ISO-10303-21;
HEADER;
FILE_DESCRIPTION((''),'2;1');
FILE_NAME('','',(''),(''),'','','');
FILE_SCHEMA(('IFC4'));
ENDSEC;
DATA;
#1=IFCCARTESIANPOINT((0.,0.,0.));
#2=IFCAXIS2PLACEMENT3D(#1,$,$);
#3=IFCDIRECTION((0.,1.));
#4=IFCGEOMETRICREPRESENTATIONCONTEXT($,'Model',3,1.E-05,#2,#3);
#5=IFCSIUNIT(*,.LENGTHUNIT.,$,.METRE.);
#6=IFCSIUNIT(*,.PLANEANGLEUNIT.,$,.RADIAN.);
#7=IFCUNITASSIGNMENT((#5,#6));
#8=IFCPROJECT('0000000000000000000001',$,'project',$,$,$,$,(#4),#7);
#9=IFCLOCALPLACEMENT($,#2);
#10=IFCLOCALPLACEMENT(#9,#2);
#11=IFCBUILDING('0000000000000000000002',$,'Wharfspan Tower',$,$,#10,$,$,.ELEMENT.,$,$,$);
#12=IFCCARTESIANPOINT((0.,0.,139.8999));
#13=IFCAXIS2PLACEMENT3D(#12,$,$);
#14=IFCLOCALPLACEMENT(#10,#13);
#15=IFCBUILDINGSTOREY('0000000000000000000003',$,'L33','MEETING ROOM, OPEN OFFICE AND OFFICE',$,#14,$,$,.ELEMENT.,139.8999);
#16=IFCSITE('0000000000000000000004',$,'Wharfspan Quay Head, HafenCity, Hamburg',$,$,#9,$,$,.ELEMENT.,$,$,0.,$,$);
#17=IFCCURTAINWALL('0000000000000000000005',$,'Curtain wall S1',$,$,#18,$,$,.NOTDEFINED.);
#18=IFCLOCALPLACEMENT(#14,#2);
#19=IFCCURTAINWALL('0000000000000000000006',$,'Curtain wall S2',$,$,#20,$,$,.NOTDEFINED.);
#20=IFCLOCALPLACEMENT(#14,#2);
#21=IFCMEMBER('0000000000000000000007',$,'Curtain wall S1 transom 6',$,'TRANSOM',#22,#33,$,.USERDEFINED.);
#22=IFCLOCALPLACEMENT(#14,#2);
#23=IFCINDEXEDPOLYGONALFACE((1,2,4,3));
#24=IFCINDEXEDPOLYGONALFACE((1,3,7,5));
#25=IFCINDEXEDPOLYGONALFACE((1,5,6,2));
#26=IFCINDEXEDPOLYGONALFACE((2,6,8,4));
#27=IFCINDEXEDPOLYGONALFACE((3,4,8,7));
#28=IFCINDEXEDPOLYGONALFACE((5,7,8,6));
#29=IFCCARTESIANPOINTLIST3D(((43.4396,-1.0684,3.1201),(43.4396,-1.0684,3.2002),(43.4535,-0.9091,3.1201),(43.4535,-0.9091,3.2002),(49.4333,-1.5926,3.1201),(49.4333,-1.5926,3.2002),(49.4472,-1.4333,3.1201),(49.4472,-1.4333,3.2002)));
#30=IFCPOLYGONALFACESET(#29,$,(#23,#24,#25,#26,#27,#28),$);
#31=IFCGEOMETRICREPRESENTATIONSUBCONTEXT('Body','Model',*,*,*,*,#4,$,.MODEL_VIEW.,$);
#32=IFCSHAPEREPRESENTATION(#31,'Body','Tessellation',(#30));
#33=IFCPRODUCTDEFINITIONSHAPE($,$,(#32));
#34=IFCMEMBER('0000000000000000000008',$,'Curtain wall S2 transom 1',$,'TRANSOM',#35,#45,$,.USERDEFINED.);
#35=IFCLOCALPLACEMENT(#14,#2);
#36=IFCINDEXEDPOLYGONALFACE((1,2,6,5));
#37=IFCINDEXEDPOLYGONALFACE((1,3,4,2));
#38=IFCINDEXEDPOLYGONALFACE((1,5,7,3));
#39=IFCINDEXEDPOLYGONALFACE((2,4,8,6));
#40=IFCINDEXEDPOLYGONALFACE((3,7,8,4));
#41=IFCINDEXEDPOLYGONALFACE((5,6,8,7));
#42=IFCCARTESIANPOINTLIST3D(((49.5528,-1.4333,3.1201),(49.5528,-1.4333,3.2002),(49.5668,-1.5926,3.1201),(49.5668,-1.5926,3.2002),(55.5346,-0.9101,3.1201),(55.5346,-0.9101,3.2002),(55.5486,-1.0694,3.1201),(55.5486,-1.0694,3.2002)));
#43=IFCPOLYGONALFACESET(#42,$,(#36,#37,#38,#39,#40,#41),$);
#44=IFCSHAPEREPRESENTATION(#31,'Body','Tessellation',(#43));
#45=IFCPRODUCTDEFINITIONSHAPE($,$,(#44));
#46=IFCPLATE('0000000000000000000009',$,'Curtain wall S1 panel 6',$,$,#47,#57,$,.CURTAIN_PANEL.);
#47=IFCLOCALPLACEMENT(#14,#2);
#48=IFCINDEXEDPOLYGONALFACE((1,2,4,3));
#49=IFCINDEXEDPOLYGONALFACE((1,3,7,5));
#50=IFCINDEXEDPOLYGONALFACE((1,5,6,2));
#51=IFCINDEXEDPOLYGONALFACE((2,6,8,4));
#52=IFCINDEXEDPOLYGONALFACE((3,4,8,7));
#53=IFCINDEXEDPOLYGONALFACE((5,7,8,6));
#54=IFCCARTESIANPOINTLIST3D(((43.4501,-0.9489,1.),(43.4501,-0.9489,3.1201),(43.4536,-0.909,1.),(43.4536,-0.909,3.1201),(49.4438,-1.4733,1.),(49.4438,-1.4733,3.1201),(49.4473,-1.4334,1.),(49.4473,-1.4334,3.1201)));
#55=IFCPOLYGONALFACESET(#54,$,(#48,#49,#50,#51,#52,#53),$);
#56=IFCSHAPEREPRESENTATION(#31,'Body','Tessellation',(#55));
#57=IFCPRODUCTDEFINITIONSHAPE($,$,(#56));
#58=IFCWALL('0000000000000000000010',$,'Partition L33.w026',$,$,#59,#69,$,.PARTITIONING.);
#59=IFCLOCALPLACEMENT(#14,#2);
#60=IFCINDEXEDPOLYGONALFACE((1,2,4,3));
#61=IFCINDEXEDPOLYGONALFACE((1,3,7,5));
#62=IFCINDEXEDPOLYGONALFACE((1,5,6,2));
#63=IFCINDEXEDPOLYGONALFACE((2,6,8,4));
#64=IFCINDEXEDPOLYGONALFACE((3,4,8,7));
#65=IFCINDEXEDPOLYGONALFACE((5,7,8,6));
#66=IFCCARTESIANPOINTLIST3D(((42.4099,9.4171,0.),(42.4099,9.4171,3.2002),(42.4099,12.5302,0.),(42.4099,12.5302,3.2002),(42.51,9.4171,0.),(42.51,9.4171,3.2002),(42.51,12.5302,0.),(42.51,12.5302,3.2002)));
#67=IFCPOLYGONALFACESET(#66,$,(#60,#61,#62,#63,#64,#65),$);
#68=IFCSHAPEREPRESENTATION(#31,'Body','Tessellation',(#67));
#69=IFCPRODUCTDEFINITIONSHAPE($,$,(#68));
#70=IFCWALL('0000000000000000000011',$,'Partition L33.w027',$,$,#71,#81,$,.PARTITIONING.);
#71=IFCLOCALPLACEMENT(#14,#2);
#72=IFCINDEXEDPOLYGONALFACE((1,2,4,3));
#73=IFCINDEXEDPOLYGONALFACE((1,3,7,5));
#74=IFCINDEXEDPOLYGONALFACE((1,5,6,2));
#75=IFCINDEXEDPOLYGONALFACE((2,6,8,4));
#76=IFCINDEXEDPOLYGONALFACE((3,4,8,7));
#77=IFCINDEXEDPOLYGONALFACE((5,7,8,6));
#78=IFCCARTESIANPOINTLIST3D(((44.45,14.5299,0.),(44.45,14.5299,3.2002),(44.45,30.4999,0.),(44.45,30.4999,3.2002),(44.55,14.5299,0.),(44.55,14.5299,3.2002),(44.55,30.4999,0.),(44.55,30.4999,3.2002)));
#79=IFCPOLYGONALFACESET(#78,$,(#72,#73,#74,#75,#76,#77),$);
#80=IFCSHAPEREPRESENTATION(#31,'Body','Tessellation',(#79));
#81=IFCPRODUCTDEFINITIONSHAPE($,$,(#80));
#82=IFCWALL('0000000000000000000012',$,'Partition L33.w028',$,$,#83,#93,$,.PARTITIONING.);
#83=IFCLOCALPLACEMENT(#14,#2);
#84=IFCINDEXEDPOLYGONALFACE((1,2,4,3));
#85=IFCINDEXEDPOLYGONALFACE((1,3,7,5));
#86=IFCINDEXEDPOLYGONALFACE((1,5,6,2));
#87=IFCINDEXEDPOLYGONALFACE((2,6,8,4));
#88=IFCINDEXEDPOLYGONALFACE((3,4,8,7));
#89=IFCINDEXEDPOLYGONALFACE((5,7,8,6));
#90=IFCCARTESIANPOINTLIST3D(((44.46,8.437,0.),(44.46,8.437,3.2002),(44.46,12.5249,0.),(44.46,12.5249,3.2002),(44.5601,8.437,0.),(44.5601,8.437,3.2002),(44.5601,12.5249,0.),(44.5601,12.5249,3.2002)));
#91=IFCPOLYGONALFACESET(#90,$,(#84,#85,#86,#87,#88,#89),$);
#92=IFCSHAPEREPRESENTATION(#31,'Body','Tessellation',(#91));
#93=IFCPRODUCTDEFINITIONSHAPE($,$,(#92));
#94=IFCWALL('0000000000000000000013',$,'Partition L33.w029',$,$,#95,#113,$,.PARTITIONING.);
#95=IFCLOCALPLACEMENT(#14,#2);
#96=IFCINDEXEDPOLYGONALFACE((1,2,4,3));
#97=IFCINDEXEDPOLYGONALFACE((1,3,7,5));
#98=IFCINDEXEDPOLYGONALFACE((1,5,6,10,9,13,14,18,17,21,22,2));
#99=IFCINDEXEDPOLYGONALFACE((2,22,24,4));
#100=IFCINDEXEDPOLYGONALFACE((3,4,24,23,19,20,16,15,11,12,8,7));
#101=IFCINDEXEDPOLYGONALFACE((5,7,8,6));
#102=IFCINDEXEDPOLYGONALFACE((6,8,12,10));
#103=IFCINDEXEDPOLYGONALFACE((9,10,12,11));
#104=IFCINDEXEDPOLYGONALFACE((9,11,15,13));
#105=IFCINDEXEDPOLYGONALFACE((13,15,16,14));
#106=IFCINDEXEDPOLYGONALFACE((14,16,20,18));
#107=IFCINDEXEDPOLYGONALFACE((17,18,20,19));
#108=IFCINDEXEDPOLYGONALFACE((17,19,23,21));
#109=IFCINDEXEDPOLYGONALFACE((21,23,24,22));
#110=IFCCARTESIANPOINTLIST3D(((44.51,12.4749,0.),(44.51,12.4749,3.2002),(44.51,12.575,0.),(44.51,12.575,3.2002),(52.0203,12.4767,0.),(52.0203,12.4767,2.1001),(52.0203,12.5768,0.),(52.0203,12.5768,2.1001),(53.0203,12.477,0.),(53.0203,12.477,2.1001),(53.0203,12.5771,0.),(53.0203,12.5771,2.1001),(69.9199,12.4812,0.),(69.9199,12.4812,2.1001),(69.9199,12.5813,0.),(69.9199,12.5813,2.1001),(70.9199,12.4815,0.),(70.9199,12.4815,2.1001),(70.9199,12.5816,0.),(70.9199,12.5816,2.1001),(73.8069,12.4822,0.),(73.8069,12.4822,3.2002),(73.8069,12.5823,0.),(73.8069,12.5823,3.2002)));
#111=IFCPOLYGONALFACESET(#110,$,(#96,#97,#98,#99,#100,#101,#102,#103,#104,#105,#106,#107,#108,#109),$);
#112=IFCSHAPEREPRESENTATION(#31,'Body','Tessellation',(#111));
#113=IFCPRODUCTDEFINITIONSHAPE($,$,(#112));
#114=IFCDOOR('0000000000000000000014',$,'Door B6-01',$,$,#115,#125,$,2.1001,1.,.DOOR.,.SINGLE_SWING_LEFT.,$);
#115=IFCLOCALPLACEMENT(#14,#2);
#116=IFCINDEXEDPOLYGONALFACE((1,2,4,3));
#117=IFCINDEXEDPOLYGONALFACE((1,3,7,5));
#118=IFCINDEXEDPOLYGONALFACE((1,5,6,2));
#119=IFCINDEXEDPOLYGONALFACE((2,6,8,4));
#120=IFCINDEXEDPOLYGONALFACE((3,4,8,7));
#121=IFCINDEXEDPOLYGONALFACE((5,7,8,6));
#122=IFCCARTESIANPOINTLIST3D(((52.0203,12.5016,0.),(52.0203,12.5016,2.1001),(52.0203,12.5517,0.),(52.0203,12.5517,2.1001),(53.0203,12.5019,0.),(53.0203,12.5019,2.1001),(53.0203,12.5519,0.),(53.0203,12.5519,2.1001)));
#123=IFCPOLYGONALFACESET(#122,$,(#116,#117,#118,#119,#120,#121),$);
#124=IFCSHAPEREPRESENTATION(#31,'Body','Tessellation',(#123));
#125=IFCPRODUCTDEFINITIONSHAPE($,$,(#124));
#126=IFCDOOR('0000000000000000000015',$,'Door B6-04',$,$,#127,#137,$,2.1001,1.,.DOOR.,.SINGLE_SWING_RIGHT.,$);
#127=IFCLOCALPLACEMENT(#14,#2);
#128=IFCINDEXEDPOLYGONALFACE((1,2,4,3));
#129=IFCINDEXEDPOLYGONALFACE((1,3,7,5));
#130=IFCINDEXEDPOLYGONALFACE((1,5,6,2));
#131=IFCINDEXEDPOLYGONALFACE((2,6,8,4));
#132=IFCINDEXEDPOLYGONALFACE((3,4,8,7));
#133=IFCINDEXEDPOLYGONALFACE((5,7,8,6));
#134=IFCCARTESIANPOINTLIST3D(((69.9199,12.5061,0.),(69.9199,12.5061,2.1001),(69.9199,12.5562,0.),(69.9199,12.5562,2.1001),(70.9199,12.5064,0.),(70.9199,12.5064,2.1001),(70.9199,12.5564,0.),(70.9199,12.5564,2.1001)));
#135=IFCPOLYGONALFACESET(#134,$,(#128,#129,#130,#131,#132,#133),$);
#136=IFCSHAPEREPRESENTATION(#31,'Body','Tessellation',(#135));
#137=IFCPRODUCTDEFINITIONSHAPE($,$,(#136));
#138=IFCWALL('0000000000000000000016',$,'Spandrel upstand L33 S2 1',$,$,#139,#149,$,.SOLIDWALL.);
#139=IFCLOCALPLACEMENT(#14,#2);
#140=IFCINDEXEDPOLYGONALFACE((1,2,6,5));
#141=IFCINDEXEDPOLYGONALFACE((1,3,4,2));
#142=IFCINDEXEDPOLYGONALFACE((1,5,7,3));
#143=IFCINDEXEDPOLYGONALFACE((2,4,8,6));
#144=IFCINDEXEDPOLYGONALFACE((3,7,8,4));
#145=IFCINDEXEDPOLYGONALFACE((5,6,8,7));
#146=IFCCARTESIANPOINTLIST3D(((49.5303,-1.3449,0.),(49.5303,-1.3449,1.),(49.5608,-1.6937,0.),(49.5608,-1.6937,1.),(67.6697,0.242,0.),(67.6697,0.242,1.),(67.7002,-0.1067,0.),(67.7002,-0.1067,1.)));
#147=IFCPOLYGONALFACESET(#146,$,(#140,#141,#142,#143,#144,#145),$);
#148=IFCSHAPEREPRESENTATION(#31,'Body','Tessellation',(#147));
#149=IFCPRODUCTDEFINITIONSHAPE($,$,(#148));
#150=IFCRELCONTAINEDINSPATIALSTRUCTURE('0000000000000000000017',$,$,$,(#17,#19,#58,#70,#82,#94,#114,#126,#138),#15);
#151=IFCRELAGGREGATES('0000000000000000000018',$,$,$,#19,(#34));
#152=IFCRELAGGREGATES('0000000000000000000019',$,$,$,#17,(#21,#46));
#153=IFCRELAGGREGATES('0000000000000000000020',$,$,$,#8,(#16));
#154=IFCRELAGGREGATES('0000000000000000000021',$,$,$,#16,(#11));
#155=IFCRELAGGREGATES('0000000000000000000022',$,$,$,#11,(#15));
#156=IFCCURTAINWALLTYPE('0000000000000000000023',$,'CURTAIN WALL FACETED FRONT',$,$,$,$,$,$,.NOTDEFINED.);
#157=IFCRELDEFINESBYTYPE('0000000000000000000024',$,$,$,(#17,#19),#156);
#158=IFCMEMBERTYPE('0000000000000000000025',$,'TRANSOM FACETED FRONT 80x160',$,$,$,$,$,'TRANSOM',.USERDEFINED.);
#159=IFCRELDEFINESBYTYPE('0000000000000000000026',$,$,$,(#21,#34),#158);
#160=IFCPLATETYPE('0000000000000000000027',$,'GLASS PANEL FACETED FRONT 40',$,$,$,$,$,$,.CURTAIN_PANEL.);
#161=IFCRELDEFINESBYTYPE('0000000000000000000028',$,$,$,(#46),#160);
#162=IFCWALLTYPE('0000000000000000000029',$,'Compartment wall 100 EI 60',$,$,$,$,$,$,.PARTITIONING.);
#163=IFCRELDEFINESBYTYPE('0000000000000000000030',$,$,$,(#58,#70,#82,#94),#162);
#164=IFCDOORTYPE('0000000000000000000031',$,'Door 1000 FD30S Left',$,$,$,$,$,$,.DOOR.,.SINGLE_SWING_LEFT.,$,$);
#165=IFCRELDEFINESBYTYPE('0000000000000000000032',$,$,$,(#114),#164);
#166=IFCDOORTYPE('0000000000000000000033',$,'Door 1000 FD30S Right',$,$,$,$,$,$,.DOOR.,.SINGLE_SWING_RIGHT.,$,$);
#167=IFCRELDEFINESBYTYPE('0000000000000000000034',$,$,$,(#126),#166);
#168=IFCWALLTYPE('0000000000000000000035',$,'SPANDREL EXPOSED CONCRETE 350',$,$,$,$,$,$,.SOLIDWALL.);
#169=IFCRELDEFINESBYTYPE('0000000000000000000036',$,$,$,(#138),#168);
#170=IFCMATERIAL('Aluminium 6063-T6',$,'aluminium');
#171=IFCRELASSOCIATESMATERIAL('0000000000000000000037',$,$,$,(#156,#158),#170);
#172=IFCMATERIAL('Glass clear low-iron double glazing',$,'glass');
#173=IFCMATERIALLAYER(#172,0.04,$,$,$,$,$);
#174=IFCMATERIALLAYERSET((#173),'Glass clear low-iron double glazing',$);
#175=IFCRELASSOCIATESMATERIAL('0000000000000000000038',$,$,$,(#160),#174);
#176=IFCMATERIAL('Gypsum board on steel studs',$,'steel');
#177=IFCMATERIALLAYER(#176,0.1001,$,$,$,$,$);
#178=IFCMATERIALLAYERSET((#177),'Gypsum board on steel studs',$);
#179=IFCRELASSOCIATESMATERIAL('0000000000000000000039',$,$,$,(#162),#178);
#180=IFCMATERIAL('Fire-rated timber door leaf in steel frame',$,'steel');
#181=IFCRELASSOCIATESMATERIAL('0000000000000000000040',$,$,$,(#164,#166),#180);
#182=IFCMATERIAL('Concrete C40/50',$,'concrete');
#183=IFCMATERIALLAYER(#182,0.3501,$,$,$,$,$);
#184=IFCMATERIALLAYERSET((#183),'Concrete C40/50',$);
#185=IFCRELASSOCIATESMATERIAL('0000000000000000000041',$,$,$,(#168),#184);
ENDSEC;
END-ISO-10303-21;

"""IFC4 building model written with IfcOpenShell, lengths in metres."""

from ifc_helpers import new_model, si_unit, direction, frame, frame_2d, origin, origin_2d, place, context, subcontext, project, spatial, rectangle, extrude, material, layer, layer_set, material_profile, profile_set, type_object, element, fill, aggregate, save


model = new_model("IFC4")

# Units and contexts
model_context = context("Model", 3, precision=1e-05, world=origin(), true_north=direction((0.0, 1.0)))
body_context = subcontext(model_context, "Body", "Model", "MODEL_VIEW")
ifc_project = project(units=[si_unit("LENGTHUNIT", "METRE"), si_unit("PLANEANGLEUNIT", "RADIAN")], contexts=[model_context])

# Site, building, storey
site_placement = place(None, origin())
site = spatial("IfcSite", under=ifc_project, at=site_placement, Name="Wharfspan Quay Head, HafenCity, Hamburg", CompositionType="ELEMENT", RefElevation=0.0)
building_placement = place(site_placement, origin())
building = spatial("IfcBuilding", under=site, at=building_placement, Name="Wharfspan Tower", CompositionType="ELEMENT")
storey_placement = place(building_placement, frame((0.0, 0.0, 139.8999)))
storey = spatial("IfcBuildingStorey", under=building, at=storey_placement, Name="L33", Description="MEETING ROOM, OPEN OFFICE AND OFFICE", CompositionType="ELEMENT", Elevation=139.8999)

# Curtain wall
ifc_material_1 = material(Name="Aluminium 6063-T6", Category="aluminium")
curtain_wall_type = type_object("IfcCurtainWallType", Name="CURTAIN WALL FACETED FRONT", PredefinedType="NOTDEFINED", material=ifc_material_1)
curtain_wall_1_placement = place(storey_placement, origin())
curtain_wall_1 = element("IfcCurtainWall", 1, at=curtain_wall_1_placement, inside=storey, type_object=curtain_wall_type, Name="Curtain wall S1", PredefinedType="NOTDEFINED")

# Curtain wall
curtain_wall_2_placement = place(storey_placement, origin())
curtain_wall_2 = element("IfcCurtainWall", 2, at=curtain_wall_2_placement, inside=storey, type_object=curtain_wall_type, Name="Curtain wall S2", PredefinedType="NOTDEFINED")

# Members
ifc_material_profile_1 = material_profile(ifc_material_1, rectangle(XDim=0.1599, YDim=0.0801, at=origin_2d()))
ifc_profile_set_1 = profile_set([ifc_material_profile_1], Name="Aluminium 6063-T6")
member_type_1 = type_object("IfcMemberType", Name="TRANSOM FACETED FRONT 80x160", ElementType="TRANSOM", PredefinedType="USERDEFINED", material=ifc_profile_set_1)
member_1_placement = place(storey_placement, frame((43.4465, -0.9888, 3.1602), z_axis=(0.996198, -0.087122, 0.0), x_axis=(0.087122, 0.996198, 0.0)))
member_1 = element("IfcMember", 3, at=member_1_placement, type_object=member_type_1, Name="Curtain wall S1 transom 6", ObjectType="TRANSOM", PredefinedType="USERDEFINED", context=body_context, shape_type="SweptSolid", body=[
    extrude(rectangle(XDim=0.1599, YDim=0.0801, at=origin_2d()), origin(), (0.0, 0.0, 1.0), 6.0166),
])
member_2_placement = place(storey_placement, frame((49.5598, -1.5129, 3.1602), z_axis=(0.996197, 0.087133, 0.0), x_axis=(-0.087133, 0.996197, 0.0)))
member_2 = element("IfcMember", 4, at=member_2_placement, type_object=member_type_1, Name="Curtain wall S2 transom 1", ObjectType="TRANSOM", PredefinedType="USERDEFINED", context=body_context, shape_type="SweptSolid", body=[
    extrude(rectangle(XDim=0.1599, YDim=0.0801, at=origin_2d()), origin(), (0.0, 0.0, 1.0), 6.0046),
])
aggregate(curtain_wall_2, [member_2])

# Plate
ifc_material_2 = material(Name="Glass clear low-iron double glazing", Category="glass")
ifc_layer_1 = layer(ifc_material_2, 0.04)
ifc_layer_set_1 = layer_set([ifc_layer_1], Name="Glass clear low-iron double glazing")
plate_type = type_object("IfcPlateType", Name="GLASS PANEL FACETED FRONT 40", PredefinedType="CURTAIN_PANEL", material=ifc_layer_set_1)
plate_placement = place(storey_placement, frame((46.4487, -1.1912, 1.0), z_axis=(0.0, 0.0, 1.0), x_axis=(0.996198, -0.087156, 0.0)))
plate = element("IfcPlate", 5, at=plate_placement, type_object=plate_type, Name="Curtain wall S1 panel 6", PredefinedType="CURTAIN_PANEL", context=body_context, shape_type="SweptSolid", body=[
    extrude(rectangle(XDim=6.0166, YDim=0.04, at=origin_2d()), origin(), (0.0, 0.0, 1.0), 2.1201),
])
aggregate(curtain_wall_1, [member_1, plate])

# Walls
ifc_material_3 = material(Name="Gypsum board on steel studs", Category="steel")
ifc_layer_2 = layer(ifc_material_3, 0.1001)
ifc_layer_set_2 = layer_set([ifc_layer_2], Name="Gypsum board on steel studs")
wall_type_1 = type_object("IfcWallType", Name="Compartment wall 100 EI 60", PredefinedType="PARTITIONING", material=ifc_layer_set_2)
wall_1_placement = place(storey_placement, frame((42.46, 9.417, 0.0), z_axis=(0.0, 0.0, 1.0), x_axis=(0.0, 1.0, 0.0)))
element("IfcWall", 6, at=wall_1_placement, inside=storey, type_object=wall_type_1, Name="Partition L33.w026", PredefinedType="PARTITIONING", context=body_context, shape_type="SweptSolid", body=[
    extrude(rectangle(XDim=3.113, YDim=0.1001, at=frame_2d((1.5566, 0.0))), origin(), (0.0, 0.0, 1.0), 3.2002),
])
wall_2_placement = place(storey_placement, frame((44.5, 14.53, 0.0), z_axis=(0.0, 0.0, 1.0), x_axis=(0.0, 1.0, 0.0)))
element("IfcWall", 7, at=wall_2_placement, inside=storey, type_object=wall_type_1, Name="Partition L33.w027", PredefinedType="PARTITIONING", context=body_context, shape_type="SweptSolid", body=[
    extrude(rectangle(XDim=15.97, YDim=0.1001, at=frame_2d((7.9849, 0.0))), origin(), (0.0, 0.0, 1.0), 3.2002),
])
wall_3_placement = place(storey_placement, frame((44.51, 8.437, 0.0), z_axis=(0.0, 0.0, 1.0), x_axis=(0.0, 1.0, 0.0)))
element("IfcWall", 8, at=wall_3_placement, inside=storey, type_object=wall_type_1, Name="Partition L33.w028", PredefinedType="PARTITIONING", context=body_context, shape_type="SweptSolid", body=[
    extrude(rectangle(XDim=4.0879, YDim=0.1001, at=frame_2d((2.0439, 0.0))), origin(), (0.0, 0.0, 1.0), 3.2002),
])

# Wall, openings, doors
wall_4_placement = place(storey_placement, frame((44.51, 12.5249, 0.0), z_axis=(0.0, 0.0, 1.0), x_axis=(1.0, 0.00025, 0.0)))
wall_4 = element("IfcWall", 9, at=wall_4_placement, inside=storey, type_object=wall_type_1, Name="Partition L33.w029", PredefinedType="PARTITIONING", context=body_context, shape_type="SweptSolid", body=[
    extrude(rectangle(XDim=29.2969, YDim=0.1001, at=frame_2d((14.6484, 0.0))), origin(), (0.0, 0.0, 1.0), 3.2002),
])
opening_1_placement = place(wall_4_placement, frame((7.5103, 0.0, 0.0)))
opening_1 = element("IfcOpeningElement", 10, at=opening_1_placement, cuts=wall_4, PredefinedType="OPENING", context=body_context, shape_type="SweptSolid", body=[
    extrude(rectangle(XDim=1.0, YDim=2.1001, at=frame_2d((0.5, 1.05))), frame((0.0, 0.0601, 0.0), z_axis=(0.0, -1.0, 0.0), x_axis=(1.0, 0.0, 0.0)), (0.0, 0.0, 1.0), 0.1201),
])
opening_2_placement = place(wall_4_placement, frame((25.4099, 0.0, 0.0)))
opening_2 = element("IfcOpeningElement", 11, at=opening_2_placement, cuts=wall_4, PredefinedType="OPENING", context=body_context, shape_type="SweptSolid", body=[
    extrude(rectangle(XDim=1.0, YDim=2.1001, at=frame_2d((0.5, 1.05))), frame((0.0, 0.0601, 0.0), z_axis=(0.0, -1.0, 0.0), x_axis=(1.0, 0.0, 0.0)), (0.0, 0.0, 1.0), 0.1201),
])
ifc_material_4 = material(Name="Fire-rated timber door leaf in steel frame", Category="steel")
door_type_1 = type_object("IfcDoorType", Name="Door 1000 FD30S Left", OperationType="SINGLE_SWING_LEFT", PredefinedType="DOOR", material=ifc_material_4)
door_1_placement = place(opening_1_placement, origin())
door_1 = element("IfcDoor", 12, at=door_1_placement, inside=storey, type_object=door_type_1, Name="Door B6-01", OperationType="SINGLE_SWING_LEFT", OverallHeight=2.1001, OverallWidth=1.0, PredefinedType="DOOR", context=body_context, shape_type="SweptSolid", body=[
    extrude(rectangle(XDim=1.0, YDim=2.1001, at=frame_2d((0.5, 1.05))), frame((0.0, 0.0249, 0.0), z_axis=(0.0, -1.0, 0.0), x_axis=(1.0, 0.0, 0.0)), (0.0, 0.0, 1.0), 0.05),
])
fill(opening_1, door_1)
door_type_2 = type_object("IfcDoorType", Name="Door 1000 FD30S Right", OperationType="SINGLE_SWING_RIGHT", PredefinedType="DOOR", material=ifc_material_4)
door_2_placement = place(opening_2_placement, origin())
door_2 = element("IfcDoor", 13, at=door_2_placement, inside=storey, type_object=door_type_2, Name="Door B6-04", OperationType="SINGLE_SWING_RIGHT", OverallHeight=2.1001, OverallWidth=1.0, PredefinedType="DOOR", context=body_context, shape_type="SweptSolid", body=[
    extrude(rectangle(XDim=1.0, YDim=2.1001, at=frame_2d((0.5, 1.05))), frame((0.0, 0.0249, 0.0), z_axis=(0.0, -1.0, 0.0), x_axis=(1.0, 0.0, 0.0)), (0.0, 0.0, 1.0), 0.05),
])
fill(opening_2, door_2)

# Wall
ifc_material_5 = material(Name="Concrete C40/50", Category="concrete")
ifc_layer_3 = layer(ifc_material_5, 0.3501)
ifc_layer_set_3 = layer_set([ifc_layer_3], Name="Concrete C40/50")
wall_type_2 = type_object("IfcWallType", Name="SPANDREL EXPOSED CONCRETE 350", PredefinedType="SOLIDWALL", material=ifc_layer_set_3)
wall_5_placement = place(storey_placement, frame((49.5454, -1.5193, 0.0), z_axis=(0.0, 0.0, 1.0), x_axis=(0.996191, 0.087151, 0.0)))
element("IfcWall", 14, at=wall_5_placement, inside=storey, type_object=wall_type_2, Name="Spandrel upstand L33 S2 1", PredefinedType="SOLIDWALL", context=body_context, shape_type="SweptSolid", body=[
    extrude(rectangle(XDim=18.2087, YDim=0.3501, at=frame_2d((9.1045, 0.0))), origin(), (0.0, 0.0, 1.0), 1.0),
])

save(model, "model.ifc")
